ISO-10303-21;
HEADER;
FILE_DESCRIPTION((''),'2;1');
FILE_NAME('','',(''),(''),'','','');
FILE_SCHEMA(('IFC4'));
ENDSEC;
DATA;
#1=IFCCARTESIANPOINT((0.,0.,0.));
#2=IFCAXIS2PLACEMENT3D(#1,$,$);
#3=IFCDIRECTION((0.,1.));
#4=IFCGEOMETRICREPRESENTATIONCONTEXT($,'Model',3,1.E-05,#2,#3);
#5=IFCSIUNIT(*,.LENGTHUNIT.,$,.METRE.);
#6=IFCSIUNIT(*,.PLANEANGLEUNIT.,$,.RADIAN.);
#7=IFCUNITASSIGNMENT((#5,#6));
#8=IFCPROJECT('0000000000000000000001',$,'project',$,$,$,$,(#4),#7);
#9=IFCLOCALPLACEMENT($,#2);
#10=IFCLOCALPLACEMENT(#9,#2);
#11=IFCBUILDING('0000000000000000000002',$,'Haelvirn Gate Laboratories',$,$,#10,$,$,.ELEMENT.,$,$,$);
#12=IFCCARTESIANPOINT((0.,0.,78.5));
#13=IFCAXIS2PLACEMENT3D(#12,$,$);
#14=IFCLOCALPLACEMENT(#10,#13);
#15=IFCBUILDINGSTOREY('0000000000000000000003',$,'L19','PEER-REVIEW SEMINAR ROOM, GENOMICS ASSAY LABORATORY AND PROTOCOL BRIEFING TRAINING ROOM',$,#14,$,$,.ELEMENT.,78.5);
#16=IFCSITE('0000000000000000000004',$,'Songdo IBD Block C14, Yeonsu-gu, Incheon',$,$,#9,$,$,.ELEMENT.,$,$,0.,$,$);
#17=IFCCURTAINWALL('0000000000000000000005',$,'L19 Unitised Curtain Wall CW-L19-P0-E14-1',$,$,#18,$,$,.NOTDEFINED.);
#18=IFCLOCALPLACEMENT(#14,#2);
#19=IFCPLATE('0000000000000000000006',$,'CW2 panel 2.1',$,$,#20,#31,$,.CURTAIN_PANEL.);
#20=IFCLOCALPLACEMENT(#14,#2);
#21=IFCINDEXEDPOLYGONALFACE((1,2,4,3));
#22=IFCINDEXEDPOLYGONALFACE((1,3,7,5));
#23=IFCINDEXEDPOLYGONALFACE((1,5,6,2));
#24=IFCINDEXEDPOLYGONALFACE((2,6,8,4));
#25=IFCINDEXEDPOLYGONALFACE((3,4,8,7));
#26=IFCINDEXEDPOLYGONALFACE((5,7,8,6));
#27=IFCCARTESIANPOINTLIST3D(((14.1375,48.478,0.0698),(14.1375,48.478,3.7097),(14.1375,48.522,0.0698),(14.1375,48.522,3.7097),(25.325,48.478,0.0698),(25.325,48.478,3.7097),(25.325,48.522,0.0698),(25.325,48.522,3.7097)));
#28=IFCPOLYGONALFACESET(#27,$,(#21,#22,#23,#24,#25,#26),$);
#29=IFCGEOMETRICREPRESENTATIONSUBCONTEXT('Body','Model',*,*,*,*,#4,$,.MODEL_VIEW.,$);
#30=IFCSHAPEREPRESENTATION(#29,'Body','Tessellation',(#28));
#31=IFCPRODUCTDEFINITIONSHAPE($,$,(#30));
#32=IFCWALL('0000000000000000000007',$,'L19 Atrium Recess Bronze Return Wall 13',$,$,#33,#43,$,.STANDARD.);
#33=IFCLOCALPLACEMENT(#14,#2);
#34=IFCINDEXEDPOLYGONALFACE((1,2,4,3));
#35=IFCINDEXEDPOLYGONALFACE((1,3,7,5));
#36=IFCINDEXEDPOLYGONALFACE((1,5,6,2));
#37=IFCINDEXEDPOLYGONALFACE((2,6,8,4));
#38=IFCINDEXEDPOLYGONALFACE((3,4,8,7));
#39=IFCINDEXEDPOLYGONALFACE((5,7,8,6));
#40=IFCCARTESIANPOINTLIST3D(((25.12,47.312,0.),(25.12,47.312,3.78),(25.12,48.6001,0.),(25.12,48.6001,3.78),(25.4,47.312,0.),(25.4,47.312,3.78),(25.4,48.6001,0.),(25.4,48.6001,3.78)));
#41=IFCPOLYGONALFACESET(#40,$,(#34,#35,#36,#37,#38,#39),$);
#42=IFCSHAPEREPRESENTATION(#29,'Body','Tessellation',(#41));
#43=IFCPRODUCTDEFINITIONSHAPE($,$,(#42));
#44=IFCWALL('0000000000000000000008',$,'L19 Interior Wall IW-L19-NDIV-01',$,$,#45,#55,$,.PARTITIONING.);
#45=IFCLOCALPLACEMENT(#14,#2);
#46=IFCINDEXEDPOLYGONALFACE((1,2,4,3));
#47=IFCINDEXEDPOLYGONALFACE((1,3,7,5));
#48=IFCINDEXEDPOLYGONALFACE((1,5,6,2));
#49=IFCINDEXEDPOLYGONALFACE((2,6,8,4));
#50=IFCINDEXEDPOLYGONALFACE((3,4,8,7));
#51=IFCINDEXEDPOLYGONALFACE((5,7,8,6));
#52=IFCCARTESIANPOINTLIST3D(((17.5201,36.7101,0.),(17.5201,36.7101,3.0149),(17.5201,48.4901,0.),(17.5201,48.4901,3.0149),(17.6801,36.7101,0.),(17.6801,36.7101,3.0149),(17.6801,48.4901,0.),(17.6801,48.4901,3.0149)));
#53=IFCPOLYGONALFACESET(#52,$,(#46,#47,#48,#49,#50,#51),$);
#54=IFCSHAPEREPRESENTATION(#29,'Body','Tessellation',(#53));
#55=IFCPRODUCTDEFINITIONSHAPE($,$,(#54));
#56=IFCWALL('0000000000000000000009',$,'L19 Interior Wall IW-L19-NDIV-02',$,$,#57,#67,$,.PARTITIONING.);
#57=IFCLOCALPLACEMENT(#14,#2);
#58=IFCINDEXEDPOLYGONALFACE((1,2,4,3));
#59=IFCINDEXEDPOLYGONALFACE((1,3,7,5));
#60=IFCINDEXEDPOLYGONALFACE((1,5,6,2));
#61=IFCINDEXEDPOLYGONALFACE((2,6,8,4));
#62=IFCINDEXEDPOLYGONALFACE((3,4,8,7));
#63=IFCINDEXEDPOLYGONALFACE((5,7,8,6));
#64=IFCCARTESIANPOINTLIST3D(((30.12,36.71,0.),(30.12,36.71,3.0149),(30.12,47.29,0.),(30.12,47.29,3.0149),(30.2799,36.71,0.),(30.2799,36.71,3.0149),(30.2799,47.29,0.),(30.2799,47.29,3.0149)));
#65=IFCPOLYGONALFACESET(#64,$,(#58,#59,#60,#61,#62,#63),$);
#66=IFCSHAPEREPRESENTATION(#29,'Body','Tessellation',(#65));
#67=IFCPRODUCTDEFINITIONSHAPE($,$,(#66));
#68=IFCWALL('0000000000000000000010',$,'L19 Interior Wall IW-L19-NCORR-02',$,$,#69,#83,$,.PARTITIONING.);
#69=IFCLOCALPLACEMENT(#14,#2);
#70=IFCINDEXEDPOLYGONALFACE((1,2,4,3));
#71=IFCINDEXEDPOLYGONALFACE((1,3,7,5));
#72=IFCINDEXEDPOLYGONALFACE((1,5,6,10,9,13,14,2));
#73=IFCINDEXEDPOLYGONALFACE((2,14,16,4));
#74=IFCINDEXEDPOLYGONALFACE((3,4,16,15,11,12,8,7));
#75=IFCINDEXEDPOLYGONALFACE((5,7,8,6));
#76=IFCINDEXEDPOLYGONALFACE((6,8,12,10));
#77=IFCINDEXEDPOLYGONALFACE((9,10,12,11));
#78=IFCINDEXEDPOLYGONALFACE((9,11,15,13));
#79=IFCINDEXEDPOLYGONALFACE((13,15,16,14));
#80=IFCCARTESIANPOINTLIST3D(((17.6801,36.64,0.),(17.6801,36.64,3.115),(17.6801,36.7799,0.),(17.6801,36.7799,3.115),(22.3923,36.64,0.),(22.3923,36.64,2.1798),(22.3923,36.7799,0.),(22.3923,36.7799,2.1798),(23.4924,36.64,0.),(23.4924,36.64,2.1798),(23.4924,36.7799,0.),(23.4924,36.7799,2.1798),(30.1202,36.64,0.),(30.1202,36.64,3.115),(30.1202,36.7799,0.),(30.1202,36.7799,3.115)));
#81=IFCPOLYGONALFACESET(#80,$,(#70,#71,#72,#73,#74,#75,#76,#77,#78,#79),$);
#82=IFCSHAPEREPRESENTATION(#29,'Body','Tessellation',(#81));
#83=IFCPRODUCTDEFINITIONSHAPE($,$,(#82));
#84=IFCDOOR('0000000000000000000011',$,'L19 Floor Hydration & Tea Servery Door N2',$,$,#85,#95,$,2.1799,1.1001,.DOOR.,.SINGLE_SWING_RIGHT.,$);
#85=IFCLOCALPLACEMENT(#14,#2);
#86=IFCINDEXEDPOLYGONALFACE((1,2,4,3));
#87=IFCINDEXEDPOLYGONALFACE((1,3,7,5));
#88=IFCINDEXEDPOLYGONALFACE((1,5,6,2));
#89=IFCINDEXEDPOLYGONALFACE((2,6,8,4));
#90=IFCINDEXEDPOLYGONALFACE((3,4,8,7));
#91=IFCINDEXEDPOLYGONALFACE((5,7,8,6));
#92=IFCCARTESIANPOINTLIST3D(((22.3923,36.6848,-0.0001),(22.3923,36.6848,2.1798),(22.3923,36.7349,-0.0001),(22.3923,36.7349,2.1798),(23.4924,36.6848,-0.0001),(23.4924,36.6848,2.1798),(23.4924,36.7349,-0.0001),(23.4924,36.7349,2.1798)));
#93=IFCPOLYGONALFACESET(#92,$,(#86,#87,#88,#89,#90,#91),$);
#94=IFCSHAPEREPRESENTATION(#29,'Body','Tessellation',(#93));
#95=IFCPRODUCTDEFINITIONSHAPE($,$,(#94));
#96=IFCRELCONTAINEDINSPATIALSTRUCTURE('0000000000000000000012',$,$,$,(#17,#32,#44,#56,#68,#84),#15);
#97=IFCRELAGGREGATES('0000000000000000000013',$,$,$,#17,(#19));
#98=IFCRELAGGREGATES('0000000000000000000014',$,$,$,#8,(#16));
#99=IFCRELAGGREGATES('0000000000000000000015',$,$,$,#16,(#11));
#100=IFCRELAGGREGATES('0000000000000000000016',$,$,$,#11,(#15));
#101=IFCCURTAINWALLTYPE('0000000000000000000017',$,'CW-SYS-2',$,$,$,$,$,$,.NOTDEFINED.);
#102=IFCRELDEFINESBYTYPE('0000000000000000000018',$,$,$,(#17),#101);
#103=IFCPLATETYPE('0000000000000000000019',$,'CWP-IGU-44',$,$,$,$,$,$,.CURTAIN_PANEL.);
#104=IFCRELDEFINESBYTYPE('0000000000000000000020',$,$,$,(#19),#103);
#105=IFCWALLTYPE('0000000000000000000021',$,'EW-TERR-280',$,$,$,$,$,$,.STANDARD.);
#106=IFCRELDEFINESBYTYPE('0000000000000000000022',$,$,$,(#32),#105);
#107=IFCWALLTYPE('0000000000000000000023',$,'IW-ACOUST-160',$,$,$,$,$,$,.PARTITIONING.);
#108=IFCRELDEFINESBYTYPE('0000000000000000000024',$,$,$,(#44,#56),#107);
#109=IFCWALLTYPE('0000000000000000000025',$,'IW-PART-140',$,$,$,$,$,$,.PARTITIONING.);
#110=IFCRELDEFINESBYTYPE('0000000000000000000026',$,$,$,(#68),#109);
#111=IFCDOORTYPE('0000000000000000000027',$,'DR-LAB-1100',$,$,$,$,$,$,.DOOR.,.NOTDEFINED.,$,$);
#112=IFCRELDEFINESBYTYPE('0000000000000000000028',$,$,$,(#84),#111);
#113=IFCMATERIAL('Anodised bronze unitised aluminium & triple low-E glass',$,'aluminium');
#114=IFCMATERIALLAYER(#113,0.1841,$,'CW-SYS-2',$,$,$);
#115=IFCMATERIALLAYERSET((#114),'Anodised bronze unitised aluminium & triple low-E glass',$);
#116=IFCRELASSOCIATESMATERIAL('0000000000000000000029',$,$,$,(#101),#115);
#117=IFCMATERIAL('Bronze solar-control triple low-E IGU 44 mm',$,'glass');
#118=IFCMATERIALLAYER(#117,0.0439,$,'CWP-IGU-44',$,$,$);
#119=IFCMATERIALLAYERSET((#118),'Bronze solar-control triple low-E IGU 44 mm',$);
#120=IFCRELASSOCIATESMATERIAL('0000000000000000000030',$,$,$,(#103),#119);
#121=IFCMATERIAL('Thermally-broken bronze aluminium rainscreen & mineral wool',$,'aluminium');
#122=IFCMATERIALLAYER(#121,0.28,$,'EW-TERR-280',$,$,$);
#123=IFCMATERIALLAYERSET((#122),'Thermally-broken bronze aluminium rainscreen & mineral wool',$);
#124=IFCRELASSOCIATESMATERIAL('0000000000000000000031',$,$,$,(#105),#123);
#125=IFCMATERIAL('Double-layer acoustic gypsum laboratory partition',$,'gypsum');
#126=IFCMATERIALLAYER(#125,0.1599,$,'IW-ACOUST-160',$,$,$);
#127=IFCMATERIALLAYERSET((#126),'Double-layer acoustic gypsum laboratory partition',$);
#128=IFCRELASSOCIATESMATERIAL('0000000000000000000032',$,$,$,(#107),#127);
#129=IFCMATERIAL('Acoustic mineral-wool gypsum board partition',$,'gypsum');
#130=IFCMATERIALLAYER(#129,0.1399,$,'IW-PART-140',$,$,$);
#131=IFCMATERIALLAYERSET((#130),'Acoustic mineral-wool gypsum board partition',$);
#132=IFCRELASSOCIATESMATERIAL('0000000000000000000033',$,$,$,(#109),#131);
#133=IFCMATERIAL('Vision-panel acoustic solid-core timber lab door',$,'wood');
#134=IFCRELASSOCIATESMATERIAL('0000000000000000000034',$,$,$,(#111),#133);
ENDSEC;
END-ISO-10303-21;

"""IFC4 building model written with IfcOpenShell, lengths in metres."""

from ifc_helpers import new_model, si_unit, direction, frame, frame_2d, origin, origin_2d, place, context, subcontext, project, spatial, rectangle, extrude, source, transform, mapped, material, layer, layer_set, type_object, type_shapes, element, fill, aggregate, save


model = new_model("IFC4")

# Units and contexts
model_context = context("Model", 3, precision=1e-05, world=origin(), true_north=direction((0.0, 1.0)))
body_context = subcontext(model_context, "Body", "Model", "MODEL_VIEW")
ifc_project = project(units=[si_unit("LENGTHUNIT", "METRE"), si_unit("PLANEANGLEUNIT", "RADIAN")], contexts=[model_context])

# Site, building, storey
site_placement = place(None, origin())
site = spatial("IfcSite", under=ifc_project, at=site_placement, Name="Songdo IBD Block C14, Yeonsu-gu, Incheon", CompositionType="ELEMENT", RefElevation=0.0)
building_placement = place(site_placement, origin())
building = spatial("IfcBuilding", under=site, at=building_placement, Name="Haelvirn Gate Laboratories", CompositionType="ELEMENT")
storey_placement = place(building_placement, frame((0.0, 0.0, 78.5)))
storey = spatial("IfcBuildingStorey", under=building, at=storey_placement, Name="L19", Description="PEER-REVIEW SEMINAR ROOM, GENOMICS ASSAY LABORATORY AND PROTOCOL BRIEFING TRAINING ROOM", CompositionType="ELEMENT", Elevation=78.5)

# Shared definitions
ifc_material_1 = material(Name="Anodised bronze unitised aluminium & triple low-E glass", Category="aluminium")
ifc_layer_1 = layer(ifc_material_1, 0.1841, Name="CW-SYS-2")
ifc_layer_set_1 = layer_set([ifc_layer_1], Name="Anodised bronze unitised aluminium & triple low-E glass")
curtain_wall_type = type_object("IfcCurtainWallType", Name="CW-SYS-2", PredefinedType="NOTDEFINED", material=ifc_layer_set_1)

# Curtain wall
curtain_wall_1_placement = place(storey_placement, origin())
curtain_wall_1 = element("IfcCurtainWall", 1, at=curtain_wall_1_placement, inside=storey, type_object=curtain_wall_type, Name="L19 Unitised Curtain Wall CW-L19-P0-E14-1", PredefinedType="NOTDEFINED")

# Plate
ifc_material_2 = material(Name="Bronze solar-control triple low-E IGU 44 mm", Category="glass")
ifc_layer_2 = layer(ifc_material_2, 0.0439, Name="CWP-IGU-44")
ifc_layer_set_2 = layer_set([ifc_layer_2], Name="Bronze solar-control triple low-E IGU 44 mm")
plate_type = type_object("IfcPlateType", Name="CWP-IGU-44", PredefinedType="CURTAIN_PANEL", material=ifc_layer_set_2)
shared_shape_1 = source(origin(), body_context, "Body", "SweptSolid", [
    extrude(rectangle(XDim=11.1875, YDim=0.0439, at=origin_2d()), origin(), (0.0, 0.0, 1.0), 3.6399),
])
type_shapes(plate_type, [shared_shape_1])
plate_placement = place(storey_placement, frame((19.7312, 48.5, 0.0698), z_axis=(0.0, 0.0, 1.0), x_axis=(1.0, 0.0, 0.0)))
plate = element("IfcPlate", 2, at=plate_placement, type_object=plate_type, Name="CW2 panel 2.1", PredefinedType="CURTAIN_PANEL", context=body_context, shape_type="MappedRepresentation", body=[
    mapped(shared_shape_1, transform((0.0, 0.0, 0.0), scale=1.0)),
])
aggregate(curtain_wall_1, [plate])

# Walls
ifc_material_3 = material(Name="Thermally-broken bronze aluminium rainscreen & mineral wool", Category="aluminium")
ifc_layer_3 = layer(ifc_material_3, 0.28, Name="EW-TERR-280")
ifc_layer_set_3 = layer_set([ifc_layer_3], Name="Thermally-broken bronze aluminium rainscreen & mineral wool")
wall_type_1 = type_object("IfcWallType", Name="EW-TERR-280", PredefinedType="STANDARD", material=ifc_layer_set_3)
wall_1_placement = place(storey_placement, frame((25.26, 47.312, 0.0), z_axis=(0.0, 0.0, 1.0), x_axis=(0.0, 1.0, 0.0)))
element("IfcWall", 3, at=wall_1_placement, inside=storey, type_object=wall_type_1, Name="L19 Atrium Recess Bronze Return Wall 13", PredefinedType="STANDARD", context=body_context, shape_type="SweptSolid", body=[
    extrude(rectangle(XDim=1.2881, YDim=0.28, at=frame_2d((0.644, 0.0))), origin(), (0.0, 0.0, 1.0), 3.78),
])
ifc_material_4 = material(Name="Double-layer acoustic gypsum laboratory partition", Category="gypsum")
ifc_layer_4 = layer(ifc_material_4, 0.1599, Name="IW-ACOUST-160")
ifc_layer_set_4 = layer_set([ifc_layer_4], Name="Double-layer acoustic gypsum laboratory partition")
wall_type_2 = type_object("IfcWallType", Name="IW-ACOUST-160", PredefinedType="PARTITIONING", material=ifc_layer_set_4)
wall_2_placement = place(storey_placement, frame((17.6001, 36.71, 0.0), z_axis=(0.0, 0.0, 1.0), x_axis=(0.0, 1.0, 0.0)))
element("IfcWall", 4, at=wall_2_placement, inside=storey, type_object=wall_type_2, Name="L19 Interior Wall IW-L19-NDIV-01", PredefinedType="PARTITIONING", context=body_context, shape_type="SweptSolid", body=[
    extrude(rectangle(XDim=11.78, YDim=0.1599, at=frame_2d((5.8901, 0.0))), origin(), (0.0, 0.0, 1.0), 3.0149),
])
wall_3_placement = place(storey_placement, frame((30.2, 36.71, 0.0), z_axis=(0.0, 0.0, 1.0), x_axis=(0.0, 1.0, 0.0)))
element("IfcWall", 5, at=wall_3_placement, inside=storey, type_object=wall_type_2, Name="L19 Interior Wall IW-L19-NDIV-02", PredefinedType="PARTITIONING", context=body_context, shape_type="SweptSolid", body=[
    extrude(rectangle(XDim=10.5801, YDim=0.1599, at=frame_2d((5.29, 0.0))), origin(), (0.0, 0.0, 1.0), 3.0149),
])

# Wall, opening, door
ifc_material_5 = material(Name="Acoustic mineral-wool gypsum board partition", Category="gypsum")
ifc_layer_5 = layer(ifc_material_5, 0.1399, Name="IW-PART-140")
ifc_layer_set_5 = layer_set([ifc_layer_5], Name="Acoustic mineral-wool gypsum board partition")
wall_type_3 = type_object("IfcWallType", Name="IW-PART-140", PredefinedType="PARTITIONING", material=ifc_layer_set_5)
wall_4_placement = place(storey_placement, frame((17.6799, 36.71, 0.0), z_axis=(0.0, 0.0, 1.0), x_axis=(1.0, 0.0, 0.0)))
wall_4 = element("IfcWall", 6, at=wall_4_placement, inside=storey, type_object=wall_type_3, Name="L19 Interior Wall IW-L19-NCORR-02", PredefinedType="PARTITIONING", context=body_context, shape_type="SweptSolid", body=[
    extrude(rectangle(XDim=12.4402, YDim=0.1399, at=frame_2d((6.2202, 0.0))), origin(), (0.0, 0.0, 1.0), 3.115),
])
opening_placement = place(wall_4_placement, frame((4.7124, 0.0, 0.0)))
opening = element("IfcOpeningElement", 7, at=opening_placement, cuts=wall_4, PredefinedType="OPENING", context=body_context, shape_type="SweptSolid", body=[
    extrude(rectangle(XDim=1.1001, YDim=2.1799, at=frame_2d((0.55, 1.0898))), frame((0.0, 0.0801, 0.0), z_axis=(0.0, -1.0, 0.0), x_axis=(1.0, 0.0, 0.0)), (0.0, 0.0, 1.0), 0.1599),
])
ifc_material_6 = material(Name="Vision-panel acoustic solid-core timber lab door", Category="wood")
door_type = type_object("IfcDoorType", Name="DR-LAB-1100", OperationType="NOTDEFINED", PredefinedType="DOOR", material=ifc_material_6)
shared_shape_2 = source(origin(), body_context, "Body", "SweptSolid", [
    extrude(rectangle(XDim=1.1001, YDim=2.1799, at=frame_2d((0.55, 1.0898))), frame((0.0, 0.0249, 0.0), z_axis=(0.0, -1.0, 0.0), x_axis=(1.0, 0.0, 0.0)), (0.0, 0.0, 1.0), 0.05),
])
type_shapes(door_type, [shared_shape_2])
door_placement = place(opening_placement, origin())
door = element("IfcDoor", 8, at=door_placement, inside=storey, type_object=door_type, Name="L19 Floor Hydration & Tea Servery Door N2", OperationType="SINGLE_SWING_RIGHT", OverallHeight=2.1799, OverallWidth=1.1001, PredefinedType="DOOR", context=body_context, shape_type="MappedRepresentation", body=[
    mapped(shared_shape_2, transform((0.0, 0.0, 0.0), scale=1.0)),
])
fill(opening, door)

save(model, "model.ifc")
